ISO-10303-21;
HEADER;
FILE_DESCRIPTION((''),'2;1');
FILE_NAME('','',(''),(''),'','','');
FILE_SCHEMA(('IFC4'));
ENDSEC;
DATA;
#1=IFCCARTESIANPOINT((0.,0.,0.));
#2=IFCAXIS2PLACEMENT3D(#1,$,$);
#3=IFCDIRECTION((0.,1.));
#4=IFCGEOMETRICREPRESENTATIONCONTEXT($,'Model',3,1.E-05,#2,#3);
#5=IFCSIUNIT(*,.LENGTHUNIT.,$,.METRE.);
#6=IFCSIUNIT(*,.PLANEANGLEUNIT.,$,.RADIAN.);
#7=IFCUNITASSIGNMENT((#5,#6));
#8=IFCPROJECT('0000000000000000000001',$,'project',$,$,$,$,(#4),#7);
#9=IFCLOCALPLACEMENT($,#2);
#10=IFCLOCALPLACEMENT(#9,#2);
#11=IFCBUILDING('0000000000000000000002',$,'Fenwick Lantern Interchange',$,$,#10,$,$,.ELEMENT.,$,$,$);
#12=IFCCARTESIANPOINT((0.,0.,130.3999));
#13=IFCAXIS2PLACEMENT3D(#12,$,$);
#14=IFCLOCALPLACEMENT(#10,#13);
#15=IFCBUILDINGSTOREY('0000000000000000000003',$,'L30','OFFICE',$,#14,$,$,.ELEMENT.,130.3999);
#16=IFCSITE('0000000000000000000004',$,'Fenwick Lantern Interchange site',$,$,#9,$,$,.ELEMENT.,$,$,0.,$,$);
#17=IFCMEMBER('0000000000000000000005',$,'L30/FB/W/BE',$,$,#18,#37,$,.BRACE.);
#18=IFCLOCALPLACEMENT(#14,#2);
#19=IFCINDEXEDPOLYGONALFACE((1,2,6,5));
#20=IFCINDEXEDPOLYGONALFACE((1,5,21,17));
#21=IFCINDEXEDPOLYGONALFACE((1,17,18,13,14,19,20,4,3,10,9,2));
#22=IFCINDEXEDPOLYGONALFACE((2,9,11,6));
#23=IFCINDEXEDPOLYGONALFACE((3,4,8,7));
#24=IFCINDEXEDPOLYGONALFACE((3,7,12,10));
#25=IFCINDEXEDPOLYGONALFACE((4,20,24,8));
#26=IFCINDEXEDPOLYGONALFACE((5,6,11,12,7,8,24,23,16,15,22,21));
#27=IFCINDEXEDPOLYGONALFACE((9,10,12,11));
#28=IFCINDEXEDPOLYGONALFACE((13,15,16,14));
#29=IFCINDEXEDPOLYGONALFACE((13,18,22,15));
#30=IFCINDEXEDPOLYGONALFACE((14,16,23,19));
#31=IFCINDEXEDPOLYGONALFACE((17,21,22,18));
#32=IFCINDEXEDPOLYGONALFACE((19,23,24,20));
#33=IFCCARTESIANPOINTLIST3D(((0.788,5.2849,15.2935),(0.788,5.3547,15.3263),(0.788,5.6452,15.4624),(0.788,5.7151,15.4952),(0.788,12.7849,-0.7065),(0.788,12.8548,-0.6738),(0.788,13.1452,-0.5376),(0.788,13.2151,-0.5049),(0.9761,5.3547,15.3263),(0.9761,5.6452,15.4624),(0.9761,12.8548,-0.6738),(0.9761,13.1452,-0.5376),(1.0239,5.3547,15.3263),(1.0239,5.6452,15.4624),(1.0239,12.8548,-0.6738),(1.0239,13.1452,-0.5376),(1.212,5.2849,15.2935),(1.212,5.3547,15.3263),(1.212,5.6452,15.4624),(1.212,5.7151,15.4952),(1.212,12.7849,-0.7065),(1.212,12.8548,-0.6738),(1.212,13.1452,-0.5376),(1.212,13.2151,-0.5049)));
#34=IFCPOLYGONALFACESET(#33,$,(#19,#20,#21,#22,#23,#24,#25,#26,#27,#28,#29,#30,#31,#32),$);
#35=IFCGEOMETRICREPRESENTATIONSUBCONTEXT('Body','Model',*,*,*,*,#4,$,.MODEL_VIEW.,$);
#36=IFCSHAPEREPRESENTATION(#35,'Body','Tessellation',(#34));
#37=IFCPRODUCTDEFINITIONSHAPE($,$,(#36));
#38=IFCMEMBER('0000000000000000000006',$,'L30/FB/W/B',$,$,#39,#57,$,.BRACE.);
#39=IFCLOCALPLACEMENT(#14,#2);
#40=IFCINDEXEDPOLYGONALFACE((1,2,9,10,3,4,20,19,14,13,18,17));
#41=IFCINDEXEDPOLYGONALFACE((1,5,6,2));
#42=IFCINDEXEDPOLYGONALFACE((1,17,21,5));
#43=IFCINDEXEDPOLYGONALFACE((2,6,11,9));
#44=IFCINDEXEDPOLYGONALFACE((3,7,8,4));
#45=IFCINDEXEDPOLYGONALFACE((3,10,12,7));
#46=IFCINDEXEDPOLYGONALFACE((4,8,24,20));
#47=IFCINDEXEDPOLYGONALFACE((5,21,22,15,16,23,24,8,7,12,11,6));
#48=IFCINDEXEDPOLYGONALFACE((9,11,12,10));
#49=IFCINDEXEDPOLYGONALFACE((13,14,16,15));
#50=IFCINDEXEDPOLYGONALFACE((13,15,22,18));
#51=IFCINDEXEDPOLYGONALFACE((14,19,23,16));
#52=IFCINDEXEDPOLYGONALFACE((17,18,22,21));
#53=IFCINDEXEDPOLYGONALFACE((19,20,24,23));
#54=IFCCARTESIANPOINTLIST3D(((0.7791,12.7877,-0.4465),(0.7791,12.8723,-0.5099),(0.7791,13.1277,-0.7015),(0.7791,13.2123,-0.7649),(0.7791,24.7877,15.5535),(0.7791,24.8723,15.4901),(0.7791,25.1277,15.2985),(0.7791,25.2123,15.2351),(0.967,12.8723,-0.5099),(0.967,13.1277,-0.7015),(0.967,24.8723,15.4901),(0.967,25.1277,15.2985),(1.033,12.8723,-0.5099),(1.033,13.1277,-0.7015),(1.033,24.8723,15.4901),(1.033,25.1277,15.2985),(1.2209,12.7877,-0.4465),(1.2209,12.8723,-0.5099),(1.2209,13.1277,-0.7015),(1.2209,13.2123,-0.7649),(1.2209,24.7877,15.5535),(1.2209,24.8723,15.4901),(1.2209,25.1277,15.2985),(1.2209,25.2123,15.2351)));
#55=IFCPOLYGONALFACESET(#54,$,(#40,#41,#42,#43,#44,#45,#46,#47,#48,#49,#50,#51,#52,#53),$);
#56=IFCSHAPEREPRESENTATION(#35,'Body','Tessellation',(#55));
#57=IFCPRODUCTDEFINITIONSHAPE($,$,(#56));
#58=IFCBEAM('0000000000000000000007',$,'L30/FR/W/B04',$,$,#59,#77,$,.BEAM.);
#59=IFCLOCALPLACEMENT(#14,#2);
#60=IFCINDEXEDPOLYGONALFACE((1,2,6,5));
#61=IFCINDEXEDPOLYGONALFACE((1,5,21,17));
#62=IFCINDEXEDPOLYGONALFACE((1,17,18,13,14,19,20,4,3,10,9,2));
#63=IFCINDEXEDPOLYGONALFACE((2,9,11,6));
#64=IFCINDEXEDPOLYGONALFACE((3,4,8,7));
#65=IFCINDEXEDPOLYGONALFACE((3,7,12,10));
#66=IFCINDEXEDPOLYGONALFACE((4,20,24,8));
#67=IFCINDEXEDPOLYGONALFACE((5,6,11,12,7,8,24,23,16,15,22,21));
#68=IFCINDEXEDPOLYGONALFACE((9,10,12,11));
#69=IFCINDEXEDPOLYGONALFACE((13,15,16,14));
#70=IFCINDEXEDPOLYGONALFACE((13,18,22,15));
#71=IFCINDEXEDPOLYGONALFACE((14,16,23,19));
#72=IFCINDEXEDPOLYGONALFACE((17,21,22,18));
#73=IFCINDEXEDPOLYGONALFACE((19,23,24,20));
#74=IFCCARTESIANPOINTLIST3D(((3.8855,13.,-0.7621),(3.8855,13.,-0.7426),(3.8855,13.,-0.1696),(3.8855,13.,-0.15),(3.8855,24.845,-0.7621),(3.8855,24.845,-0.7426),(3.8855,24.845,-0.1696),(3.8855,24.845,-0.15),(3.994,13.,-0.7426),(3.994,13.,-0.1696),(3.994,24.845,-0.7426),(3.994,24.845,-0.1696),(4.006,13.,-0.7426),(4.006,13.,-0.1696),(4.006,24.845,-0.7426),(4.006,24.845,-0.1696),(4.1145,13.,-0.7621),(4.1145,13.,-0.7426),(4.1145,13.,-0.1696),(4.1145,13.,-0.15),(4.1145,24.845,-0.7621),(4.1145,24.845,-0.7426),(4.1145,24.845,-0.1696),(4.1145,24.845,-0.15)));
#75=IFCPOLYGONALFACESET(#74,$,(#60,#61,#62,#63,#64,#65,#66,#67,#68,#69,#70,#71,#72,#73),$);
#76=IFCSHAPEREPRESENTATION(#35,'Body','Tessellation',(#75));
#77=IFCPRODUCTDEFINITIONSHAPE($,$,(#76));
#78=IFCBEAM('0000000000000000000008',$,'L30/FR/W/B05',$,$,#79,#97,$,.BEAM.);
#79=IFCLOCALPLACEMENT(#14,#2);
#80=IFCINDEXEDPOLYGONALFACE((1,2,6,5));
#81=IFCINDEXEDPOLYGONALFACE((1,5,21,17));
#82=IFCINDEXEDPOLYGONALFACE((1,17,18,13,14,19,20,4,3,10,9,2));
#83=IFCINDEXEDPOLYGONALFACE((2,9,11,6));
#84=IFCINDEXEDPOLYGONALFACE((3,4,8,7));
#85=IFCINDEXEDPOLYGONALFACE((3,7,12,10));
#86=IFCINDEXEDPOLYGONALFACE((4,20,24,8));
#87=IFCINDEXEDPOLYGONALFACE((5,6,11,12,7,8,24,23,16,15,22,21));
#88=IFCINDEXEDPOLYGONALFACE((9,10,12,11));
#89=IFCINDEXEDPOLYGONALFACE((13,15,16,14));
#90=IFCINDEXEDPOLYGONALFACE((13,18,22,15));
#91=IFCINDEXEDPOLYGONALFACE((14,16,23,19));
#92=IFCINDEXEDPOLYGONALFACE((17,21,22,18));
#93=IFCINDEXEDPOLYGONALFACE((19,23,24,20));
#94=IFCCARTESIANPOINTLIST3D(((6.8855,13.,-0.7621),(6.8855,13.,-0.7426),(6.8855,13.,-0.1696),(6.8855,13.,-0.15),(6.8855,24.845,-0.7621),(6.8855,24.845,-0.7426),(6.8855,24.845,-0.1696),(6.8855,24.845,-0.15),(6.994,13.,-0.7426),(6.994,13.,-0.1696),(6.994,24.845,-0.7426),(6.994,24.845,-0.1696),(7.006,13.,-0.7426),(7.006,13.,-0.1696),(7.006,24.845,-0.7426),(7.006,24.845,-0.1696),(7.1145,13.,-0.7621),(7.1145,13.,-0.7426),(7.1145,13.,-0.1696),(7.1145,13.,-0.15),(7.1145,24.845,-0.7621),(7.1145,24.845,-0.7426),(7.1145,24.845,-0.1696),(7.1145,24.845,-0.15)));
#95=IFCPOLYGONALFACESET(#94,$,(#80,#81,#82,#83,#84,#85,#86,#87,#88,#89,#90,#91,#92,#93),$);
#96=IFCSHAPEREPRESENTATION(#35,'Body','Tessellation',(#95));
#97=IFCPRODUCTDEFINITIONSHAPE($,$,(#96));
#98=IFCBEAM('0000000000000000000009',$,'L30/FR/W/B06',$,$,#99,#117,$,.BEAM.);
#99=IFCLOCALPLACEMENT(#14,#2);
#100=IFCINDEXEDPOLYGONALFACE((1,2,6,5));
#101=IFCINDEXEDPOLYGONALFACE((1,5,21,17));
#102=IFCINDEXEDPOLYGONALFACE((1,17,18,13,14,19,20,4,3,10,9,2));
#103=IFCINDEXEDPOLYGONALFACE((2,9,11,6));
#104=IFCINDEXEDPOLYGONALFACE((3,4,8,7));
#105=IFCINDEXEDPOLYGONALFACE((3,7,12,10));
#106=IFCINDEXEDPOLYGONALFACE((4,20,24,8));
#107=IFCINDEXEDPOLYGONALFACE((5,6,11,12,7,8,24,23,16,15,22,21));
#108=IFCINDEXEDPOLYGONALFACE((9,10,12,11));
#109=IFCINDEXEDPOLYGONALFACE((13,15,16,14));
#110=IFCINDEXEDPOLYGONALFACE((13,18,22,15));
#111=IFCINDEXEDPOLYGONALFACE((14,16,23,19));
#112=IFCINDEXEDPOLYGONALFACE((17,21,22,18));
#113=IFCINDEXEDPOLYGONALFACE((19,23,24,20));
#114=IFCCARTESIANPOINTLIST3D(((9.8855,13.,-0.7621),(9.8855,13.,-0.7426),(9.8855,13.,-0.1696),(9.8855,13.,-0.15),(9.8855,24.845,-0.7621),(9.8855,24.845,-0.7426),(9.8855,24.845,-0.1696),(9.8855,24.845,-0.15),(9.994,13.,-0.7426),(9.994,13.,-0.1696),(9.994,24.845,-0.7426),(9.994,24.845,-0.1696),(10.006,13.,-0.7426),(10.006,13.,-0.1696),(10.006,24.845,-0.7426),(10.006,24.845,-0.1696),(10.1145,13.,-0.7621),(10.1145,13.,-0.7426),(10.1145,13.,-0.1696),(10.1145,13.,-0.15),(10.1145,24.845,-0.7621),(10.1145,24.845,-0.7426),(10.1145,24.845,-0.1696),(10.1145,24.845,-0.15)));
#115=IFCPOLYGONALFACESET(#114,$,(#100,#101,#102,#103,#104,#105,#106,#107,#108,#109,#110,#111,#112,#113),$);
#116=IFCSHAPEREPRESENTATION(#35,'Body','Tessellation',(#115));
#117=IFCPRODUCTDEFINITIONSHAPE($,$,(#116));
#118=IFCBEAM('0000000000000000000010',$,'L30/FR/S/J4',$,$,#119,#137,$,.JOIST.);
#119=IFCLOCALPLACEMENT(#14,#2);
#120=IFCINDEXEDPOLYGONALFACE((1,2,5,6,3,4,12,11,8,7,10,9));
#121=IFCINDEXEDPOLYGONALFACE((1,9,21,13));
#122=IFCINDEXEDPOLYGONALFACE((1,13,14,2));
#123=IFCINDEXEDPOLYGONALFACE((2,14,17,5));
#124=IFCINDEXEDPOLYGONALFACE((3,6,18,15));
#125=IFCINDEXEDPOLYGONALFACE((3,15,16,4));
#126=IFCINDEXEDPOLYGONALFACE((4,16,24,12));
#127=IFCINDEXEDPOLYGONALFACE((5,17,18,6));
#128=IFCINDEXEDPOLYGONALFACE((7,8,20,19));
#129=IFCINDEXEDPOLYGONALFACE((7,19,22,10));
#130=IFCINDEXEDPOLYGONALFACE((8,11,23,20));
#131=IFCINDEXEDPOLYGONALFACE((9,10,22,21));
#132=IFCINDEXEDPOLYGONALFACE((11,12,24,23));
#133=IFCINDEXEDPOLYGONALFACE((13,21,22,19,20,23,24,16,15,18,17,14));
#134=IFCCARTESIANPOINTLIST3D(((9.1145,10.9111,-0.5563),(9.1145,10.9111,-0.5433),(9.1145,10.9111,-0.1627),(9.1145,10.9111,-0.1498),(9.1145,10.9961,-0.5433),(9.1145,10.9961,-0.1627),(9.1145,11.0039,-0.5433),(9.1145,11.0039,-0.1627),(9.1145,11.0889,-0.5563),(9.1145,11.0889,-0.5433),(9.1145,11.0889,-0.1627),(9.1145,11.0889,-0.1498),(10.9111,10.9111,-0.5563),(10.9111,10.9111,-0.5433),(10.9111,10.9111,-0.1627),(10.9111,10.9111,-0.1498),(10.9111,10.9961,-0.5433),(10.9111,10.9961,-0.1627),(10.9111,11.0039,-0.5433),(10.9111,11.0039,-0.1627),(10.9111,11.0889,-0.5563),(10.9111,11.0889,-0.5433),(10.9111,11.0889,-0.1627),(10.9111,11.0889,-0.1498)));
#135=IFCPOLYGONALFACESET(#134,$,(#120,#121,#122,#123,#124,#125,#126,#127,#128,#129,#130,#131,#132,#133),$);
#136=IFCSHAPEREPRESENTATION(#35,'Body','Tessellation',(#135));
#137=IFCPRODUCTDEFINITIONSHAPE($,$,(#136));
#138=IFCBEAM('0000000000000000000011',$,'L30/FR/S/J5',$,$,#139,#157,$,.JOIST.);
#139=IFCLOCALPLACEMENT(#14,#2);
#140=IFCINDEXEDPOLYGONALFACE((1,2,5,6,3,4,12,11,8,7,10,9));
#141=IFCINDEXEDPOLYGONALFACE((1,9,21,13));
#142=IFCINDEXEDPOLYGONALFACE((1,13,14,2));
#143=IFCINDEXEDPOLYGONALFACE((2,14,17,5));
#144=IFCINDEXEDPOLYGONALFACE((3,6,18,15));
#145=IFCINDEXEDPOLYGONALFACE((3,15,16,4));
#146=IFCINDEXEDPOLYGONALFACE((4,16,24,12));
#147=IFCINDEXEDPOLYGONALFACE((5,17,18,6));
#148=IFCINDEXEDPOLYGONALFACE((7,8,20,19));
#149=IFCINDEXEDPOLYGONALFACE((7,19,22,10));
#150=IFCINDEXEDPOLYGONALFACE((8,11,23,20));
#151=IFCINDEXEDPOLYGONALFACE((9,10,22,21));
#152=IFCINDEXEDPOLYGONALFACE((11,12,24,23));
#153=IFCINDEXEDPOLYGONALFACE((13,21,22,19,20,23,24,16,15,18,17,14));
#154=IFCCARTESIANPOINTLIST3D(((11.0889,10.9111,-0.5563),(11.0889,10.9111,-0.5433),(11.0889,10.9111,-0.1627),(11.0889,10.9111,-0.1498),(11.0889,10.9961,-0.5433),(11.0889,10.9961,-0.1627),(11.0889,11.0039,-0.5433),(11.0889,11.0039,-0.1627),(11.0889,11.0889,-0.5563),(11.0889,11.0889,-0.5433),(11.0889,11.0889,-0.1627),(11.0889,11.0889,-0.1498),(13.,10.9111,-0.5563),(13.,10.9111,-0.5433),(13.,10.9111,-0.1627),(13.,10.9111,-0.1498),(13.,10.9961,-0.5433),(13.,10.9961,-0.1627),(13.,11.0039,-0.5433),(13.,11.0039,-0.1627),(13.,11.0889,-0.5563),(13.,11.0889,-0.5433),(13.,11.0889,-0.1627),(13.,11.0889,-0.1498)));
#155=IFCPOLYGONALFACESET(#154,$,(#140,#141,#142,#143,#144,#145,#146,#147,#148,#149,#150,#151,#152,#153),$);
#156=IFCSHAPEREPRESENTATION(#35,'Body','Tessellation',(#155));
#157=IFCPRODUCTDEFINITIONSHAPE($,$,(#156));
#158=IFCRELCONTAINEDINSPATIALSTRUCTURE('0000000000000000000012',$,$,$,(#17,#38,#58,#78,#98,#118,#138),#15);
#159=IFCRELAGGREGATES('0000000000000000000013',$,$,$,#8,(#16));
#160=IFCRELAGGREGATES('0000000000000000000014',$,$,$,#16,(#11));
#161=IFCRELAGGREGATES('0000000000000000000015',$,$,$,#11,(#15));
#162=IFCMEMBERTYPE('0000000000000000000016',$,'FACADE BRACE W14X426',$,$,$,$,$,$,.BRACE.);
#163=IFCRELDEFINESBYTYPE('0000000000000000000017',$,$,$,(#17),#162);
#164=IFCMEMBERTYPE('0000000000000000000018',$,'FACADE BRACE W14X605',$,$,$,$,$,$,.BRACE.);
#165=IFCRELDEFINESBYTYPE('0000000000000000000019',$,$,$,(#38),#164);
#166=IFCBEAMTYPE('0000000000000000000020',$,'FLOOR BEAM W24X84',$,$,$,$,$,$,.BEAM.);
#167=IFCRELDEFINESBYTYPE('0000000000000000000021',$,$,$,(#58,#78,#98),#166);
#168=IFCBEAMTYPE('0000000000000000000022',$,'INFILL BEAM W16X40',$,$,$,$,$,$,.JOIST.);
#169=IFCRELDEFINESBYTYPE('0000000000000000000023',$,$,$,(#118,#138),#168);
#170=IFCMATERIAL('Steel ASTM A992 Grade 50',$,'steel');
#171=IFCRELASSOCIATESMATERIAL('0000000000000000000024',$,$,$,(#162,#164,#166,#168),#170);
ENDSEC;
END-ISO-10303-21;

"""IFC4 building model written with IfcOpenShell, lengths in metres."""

from ifc_helpers import new_model, si_unit, direction, frame, origin, origin_2d, place, context, subcontext, project, spatial, i_section, extrude, material, material_profile, profile_set, type_object, element, save


model = new_model("IFC4")

# Units and contexts
model_context = context("Model", 3, precision=1e-05, world=origin(), true_north=direction((0.0, 1.0)))
body_context = subcontext(model_context, "Body", "Model", "MODEL_VIEW")
ifc_project = project(units=[si_unit("LENGTHUNIT", "METRE"), si_unit("PLANEANGLEUNIT", "RADIAN")], contexts=[model_context])

# Site, building, storey
site_placement = place(None, origin())
site = spatial("IfcSite", under=ifc_project, at=site_placement, Name="Fenwick Lantern Interchange site", CompositionType="ELEMENT", RefElevation=0.0)
building_placement = place(site_placement, origin())
building = spatial("IfcBuilding", under=site, at=building_placement, Name="Fenwick Lantern Interchange", CompositionType="ELEMENT")
storey_placement = place(building_placement, frame((0.0, 0.0, 130.3999)))
storey = spatial("IfcBuildingStorey", under=building, at=storey_placement, Name="L30", Description="OFFICE", CompositionType="ELEMENT", Elevation=130.3999)

# Members
ifc_material_1 = material(Name="Steel ASTM A992 Grade 50", Category="steel")
ifc_material_profile_1 = material_profile(ifc_material_1, i_section(OverallWidth=0.4241, OverallDepth=0.4751, WebThickness=0.0479, FlangeThickness=0.0771, at=origin_2d()), Name="W14X426")
ifc_profile_set_1 = profile_set([ifc_material_profile_1], Name="Steel ASTM A992 Grade 50")
member_type_1 = type_object("IfcMemberType", Name="FACADE BRACE W14X426", PredefinedType="BRACE", material=ifc_profile_set_1)
member_1_placement = place(storey_placement, frame((1.0, 13.0, -0.6057), z_axis=(0.0, -0.424434, 0.905459), x_axis=(1.0, 0.0, 0.0)))
element("IfcMember", 1, at=member_1_placement, inside=storey, type_object=member_type_1, Name="L30/FB/W/BE", PredefinedType="BRACE", context=body_context, shape_type="SweptSolid", body=[
    extrude(i_section(OverallWidth=0.4241, OverallDepth=0.4751, WebThickness=0.0479, FlangeThickness=0.0771, at=origin_2d()), origin(), (0.0, 0.0, 1.0), 17.6707),
])
ifc_material_profile_2 = material_profile(ifc_material_1, i_section(OverallWidth=0.4419, OverallDepth=0.5308, WebThickness=0.0659, FlangeThickness=0.1057, at=origin_2d()), Name="W14X605")
ifc_profile_set_2 = profile_set([ifc_material_profile_2], Name="Steel ASTM A992 Grade 50")
member_type_2 = type_object("IfcMemberType", Name="FACADE BRACE W14X605", PredefinedType="BRACE", material=ifc_profile_set_2)
member_2_placement = place(storey_placement, frame((1.0, 13.0, -0.6057), z_axis=(0.0, 0.6, 0.8), x_axis=(-1.0, 0.0, 0.0)))
element("IfcMember", 2, at=member_2_placement, inside=storey, type_object=member_type_2, Name="L30/FB/W/B", PredefinedType="BRACE", context=body_context, shape_type="SweptSolid", body=[
    extrude(i_section(OverallWidth=0.4419, OverallDepth=0.5308, WebThickness=0.0659, FlangeThickness=0.1057, at=origin_2d()), origin(), (0.0, 0.0, 1.0), 20.0),
])

# Beams
ifc_material_profile_3 = material_profile(ifc_material_1, i_section(OverallWidth=0.229, OverallDepth=0.6121, WebThickness=0.012, FlangeThickness=0.0195, at=origin_2d()), Name="W24X84")
ifc_profile_set_3 = profile_set([ifc_material_profile_3], Name="Steel ASTM A992 Grade 50")
beam_type_1 = type_object("IfcBeamType", Name="FLOOR BEAM W24X84", PredefinedType="BEAM", material=ifc_profile_set_3)
for number, where, z_axis, x_axis, name in (
    (3, (4.0, 24.845, -0.4561), (0.0, -1.0, 0.0), (1.0, 0.0, 0.0), "L30/FR/W/B04"),
    (4, (7.0, 24.845, -0.4561), (0.0, -1.0, 0.0), (1.0, 0.0, 0.0), "L30/FR/W/B05"),
    (5, (10.0, 24.845, -0.4561), (0.0, -1.0, 0.0), (1.0, 0.0, 0.0), "L30/FR/W/B06"),
):
    element("IfcBeam", number, at=place(storey_placement, frame(where, z_axis=z_axis, x_axis=x_axis)), inside=storey, type_object=beam_type_1, Name=name, PredefinedType="BEAM", context=body_context, shape_type="SweptSolid", body=[
        extrude(i_section(OverallWidth=0.229, OverallDepth=0.6121, WebThickness=0.012, FlangeThickness=0.0195, at=origin_2d()), origin(), (0.0, 0.0, 1.0), 11.845),
    ])
ifc_material_profile_4 = material_profile(ifc_material_1, i_section(OverallWidth=0.1777, OverallDepth=0.4065, WebThickness=0.0078, FlangeThickness=0.0129, at=origin_2d()), Name="W16X40")
ifc_profile_set_4 = profile_set([ifc_material_profile_4], Name="Steel ASTM A992 Grade 50")
beam_type_2 = type_object("IfcBeamType", Name="INFILL BEAM W16X40", PredefinedType="JOIST", material=ifc_profile_set_4)
beam_1_placement = place(storey_placement, frame((9.1145, 11.0, -0.353), z_axis=(1.0, 0.0, 0.0), x_axis=(0.0, 1.0, 0.0)))
element("IfcBeam", 6, at=beam_1_placement, inside=storey, type_object=beam_type_2, Name="L30/FR/S/J4", PredefinedType="JOIST", context=body_context, shape_type="SweptSolid", body=[
    extrude(i_section(OverallWidth=0.1777, OverallDepth=0.4065, WebThickness=0.0078, FlangeThickness=0.0129, at=origin_2d()), origin(), (0.0, 0.0, 1.0), 1.7966),
])
beam_2_placement = place(storey_placement, frame((11.0889, 11.0, -0.353), z_axis=(1.0, 0.0, 0.0), x_axis=(0.0, 1.0, 0.0)))
element("IfcBeam", 7, at=beam_2_placement, inside=storey, type_object=beam_type_2, Name="L30/FR/S/J5", PredefinedType="JOIST", context=body_context, shape_type="SweptSolid", body=[
    extrude(i_section(OverallWidth=0.1777, OverallDepth=0.4065, WebThickness=0.0078, FlangeThickness=0.0129, at=origin_2d()), origin(), (0.0, 0.0, 1.0), 1.9111),
])

save(model, "model.ifc")
